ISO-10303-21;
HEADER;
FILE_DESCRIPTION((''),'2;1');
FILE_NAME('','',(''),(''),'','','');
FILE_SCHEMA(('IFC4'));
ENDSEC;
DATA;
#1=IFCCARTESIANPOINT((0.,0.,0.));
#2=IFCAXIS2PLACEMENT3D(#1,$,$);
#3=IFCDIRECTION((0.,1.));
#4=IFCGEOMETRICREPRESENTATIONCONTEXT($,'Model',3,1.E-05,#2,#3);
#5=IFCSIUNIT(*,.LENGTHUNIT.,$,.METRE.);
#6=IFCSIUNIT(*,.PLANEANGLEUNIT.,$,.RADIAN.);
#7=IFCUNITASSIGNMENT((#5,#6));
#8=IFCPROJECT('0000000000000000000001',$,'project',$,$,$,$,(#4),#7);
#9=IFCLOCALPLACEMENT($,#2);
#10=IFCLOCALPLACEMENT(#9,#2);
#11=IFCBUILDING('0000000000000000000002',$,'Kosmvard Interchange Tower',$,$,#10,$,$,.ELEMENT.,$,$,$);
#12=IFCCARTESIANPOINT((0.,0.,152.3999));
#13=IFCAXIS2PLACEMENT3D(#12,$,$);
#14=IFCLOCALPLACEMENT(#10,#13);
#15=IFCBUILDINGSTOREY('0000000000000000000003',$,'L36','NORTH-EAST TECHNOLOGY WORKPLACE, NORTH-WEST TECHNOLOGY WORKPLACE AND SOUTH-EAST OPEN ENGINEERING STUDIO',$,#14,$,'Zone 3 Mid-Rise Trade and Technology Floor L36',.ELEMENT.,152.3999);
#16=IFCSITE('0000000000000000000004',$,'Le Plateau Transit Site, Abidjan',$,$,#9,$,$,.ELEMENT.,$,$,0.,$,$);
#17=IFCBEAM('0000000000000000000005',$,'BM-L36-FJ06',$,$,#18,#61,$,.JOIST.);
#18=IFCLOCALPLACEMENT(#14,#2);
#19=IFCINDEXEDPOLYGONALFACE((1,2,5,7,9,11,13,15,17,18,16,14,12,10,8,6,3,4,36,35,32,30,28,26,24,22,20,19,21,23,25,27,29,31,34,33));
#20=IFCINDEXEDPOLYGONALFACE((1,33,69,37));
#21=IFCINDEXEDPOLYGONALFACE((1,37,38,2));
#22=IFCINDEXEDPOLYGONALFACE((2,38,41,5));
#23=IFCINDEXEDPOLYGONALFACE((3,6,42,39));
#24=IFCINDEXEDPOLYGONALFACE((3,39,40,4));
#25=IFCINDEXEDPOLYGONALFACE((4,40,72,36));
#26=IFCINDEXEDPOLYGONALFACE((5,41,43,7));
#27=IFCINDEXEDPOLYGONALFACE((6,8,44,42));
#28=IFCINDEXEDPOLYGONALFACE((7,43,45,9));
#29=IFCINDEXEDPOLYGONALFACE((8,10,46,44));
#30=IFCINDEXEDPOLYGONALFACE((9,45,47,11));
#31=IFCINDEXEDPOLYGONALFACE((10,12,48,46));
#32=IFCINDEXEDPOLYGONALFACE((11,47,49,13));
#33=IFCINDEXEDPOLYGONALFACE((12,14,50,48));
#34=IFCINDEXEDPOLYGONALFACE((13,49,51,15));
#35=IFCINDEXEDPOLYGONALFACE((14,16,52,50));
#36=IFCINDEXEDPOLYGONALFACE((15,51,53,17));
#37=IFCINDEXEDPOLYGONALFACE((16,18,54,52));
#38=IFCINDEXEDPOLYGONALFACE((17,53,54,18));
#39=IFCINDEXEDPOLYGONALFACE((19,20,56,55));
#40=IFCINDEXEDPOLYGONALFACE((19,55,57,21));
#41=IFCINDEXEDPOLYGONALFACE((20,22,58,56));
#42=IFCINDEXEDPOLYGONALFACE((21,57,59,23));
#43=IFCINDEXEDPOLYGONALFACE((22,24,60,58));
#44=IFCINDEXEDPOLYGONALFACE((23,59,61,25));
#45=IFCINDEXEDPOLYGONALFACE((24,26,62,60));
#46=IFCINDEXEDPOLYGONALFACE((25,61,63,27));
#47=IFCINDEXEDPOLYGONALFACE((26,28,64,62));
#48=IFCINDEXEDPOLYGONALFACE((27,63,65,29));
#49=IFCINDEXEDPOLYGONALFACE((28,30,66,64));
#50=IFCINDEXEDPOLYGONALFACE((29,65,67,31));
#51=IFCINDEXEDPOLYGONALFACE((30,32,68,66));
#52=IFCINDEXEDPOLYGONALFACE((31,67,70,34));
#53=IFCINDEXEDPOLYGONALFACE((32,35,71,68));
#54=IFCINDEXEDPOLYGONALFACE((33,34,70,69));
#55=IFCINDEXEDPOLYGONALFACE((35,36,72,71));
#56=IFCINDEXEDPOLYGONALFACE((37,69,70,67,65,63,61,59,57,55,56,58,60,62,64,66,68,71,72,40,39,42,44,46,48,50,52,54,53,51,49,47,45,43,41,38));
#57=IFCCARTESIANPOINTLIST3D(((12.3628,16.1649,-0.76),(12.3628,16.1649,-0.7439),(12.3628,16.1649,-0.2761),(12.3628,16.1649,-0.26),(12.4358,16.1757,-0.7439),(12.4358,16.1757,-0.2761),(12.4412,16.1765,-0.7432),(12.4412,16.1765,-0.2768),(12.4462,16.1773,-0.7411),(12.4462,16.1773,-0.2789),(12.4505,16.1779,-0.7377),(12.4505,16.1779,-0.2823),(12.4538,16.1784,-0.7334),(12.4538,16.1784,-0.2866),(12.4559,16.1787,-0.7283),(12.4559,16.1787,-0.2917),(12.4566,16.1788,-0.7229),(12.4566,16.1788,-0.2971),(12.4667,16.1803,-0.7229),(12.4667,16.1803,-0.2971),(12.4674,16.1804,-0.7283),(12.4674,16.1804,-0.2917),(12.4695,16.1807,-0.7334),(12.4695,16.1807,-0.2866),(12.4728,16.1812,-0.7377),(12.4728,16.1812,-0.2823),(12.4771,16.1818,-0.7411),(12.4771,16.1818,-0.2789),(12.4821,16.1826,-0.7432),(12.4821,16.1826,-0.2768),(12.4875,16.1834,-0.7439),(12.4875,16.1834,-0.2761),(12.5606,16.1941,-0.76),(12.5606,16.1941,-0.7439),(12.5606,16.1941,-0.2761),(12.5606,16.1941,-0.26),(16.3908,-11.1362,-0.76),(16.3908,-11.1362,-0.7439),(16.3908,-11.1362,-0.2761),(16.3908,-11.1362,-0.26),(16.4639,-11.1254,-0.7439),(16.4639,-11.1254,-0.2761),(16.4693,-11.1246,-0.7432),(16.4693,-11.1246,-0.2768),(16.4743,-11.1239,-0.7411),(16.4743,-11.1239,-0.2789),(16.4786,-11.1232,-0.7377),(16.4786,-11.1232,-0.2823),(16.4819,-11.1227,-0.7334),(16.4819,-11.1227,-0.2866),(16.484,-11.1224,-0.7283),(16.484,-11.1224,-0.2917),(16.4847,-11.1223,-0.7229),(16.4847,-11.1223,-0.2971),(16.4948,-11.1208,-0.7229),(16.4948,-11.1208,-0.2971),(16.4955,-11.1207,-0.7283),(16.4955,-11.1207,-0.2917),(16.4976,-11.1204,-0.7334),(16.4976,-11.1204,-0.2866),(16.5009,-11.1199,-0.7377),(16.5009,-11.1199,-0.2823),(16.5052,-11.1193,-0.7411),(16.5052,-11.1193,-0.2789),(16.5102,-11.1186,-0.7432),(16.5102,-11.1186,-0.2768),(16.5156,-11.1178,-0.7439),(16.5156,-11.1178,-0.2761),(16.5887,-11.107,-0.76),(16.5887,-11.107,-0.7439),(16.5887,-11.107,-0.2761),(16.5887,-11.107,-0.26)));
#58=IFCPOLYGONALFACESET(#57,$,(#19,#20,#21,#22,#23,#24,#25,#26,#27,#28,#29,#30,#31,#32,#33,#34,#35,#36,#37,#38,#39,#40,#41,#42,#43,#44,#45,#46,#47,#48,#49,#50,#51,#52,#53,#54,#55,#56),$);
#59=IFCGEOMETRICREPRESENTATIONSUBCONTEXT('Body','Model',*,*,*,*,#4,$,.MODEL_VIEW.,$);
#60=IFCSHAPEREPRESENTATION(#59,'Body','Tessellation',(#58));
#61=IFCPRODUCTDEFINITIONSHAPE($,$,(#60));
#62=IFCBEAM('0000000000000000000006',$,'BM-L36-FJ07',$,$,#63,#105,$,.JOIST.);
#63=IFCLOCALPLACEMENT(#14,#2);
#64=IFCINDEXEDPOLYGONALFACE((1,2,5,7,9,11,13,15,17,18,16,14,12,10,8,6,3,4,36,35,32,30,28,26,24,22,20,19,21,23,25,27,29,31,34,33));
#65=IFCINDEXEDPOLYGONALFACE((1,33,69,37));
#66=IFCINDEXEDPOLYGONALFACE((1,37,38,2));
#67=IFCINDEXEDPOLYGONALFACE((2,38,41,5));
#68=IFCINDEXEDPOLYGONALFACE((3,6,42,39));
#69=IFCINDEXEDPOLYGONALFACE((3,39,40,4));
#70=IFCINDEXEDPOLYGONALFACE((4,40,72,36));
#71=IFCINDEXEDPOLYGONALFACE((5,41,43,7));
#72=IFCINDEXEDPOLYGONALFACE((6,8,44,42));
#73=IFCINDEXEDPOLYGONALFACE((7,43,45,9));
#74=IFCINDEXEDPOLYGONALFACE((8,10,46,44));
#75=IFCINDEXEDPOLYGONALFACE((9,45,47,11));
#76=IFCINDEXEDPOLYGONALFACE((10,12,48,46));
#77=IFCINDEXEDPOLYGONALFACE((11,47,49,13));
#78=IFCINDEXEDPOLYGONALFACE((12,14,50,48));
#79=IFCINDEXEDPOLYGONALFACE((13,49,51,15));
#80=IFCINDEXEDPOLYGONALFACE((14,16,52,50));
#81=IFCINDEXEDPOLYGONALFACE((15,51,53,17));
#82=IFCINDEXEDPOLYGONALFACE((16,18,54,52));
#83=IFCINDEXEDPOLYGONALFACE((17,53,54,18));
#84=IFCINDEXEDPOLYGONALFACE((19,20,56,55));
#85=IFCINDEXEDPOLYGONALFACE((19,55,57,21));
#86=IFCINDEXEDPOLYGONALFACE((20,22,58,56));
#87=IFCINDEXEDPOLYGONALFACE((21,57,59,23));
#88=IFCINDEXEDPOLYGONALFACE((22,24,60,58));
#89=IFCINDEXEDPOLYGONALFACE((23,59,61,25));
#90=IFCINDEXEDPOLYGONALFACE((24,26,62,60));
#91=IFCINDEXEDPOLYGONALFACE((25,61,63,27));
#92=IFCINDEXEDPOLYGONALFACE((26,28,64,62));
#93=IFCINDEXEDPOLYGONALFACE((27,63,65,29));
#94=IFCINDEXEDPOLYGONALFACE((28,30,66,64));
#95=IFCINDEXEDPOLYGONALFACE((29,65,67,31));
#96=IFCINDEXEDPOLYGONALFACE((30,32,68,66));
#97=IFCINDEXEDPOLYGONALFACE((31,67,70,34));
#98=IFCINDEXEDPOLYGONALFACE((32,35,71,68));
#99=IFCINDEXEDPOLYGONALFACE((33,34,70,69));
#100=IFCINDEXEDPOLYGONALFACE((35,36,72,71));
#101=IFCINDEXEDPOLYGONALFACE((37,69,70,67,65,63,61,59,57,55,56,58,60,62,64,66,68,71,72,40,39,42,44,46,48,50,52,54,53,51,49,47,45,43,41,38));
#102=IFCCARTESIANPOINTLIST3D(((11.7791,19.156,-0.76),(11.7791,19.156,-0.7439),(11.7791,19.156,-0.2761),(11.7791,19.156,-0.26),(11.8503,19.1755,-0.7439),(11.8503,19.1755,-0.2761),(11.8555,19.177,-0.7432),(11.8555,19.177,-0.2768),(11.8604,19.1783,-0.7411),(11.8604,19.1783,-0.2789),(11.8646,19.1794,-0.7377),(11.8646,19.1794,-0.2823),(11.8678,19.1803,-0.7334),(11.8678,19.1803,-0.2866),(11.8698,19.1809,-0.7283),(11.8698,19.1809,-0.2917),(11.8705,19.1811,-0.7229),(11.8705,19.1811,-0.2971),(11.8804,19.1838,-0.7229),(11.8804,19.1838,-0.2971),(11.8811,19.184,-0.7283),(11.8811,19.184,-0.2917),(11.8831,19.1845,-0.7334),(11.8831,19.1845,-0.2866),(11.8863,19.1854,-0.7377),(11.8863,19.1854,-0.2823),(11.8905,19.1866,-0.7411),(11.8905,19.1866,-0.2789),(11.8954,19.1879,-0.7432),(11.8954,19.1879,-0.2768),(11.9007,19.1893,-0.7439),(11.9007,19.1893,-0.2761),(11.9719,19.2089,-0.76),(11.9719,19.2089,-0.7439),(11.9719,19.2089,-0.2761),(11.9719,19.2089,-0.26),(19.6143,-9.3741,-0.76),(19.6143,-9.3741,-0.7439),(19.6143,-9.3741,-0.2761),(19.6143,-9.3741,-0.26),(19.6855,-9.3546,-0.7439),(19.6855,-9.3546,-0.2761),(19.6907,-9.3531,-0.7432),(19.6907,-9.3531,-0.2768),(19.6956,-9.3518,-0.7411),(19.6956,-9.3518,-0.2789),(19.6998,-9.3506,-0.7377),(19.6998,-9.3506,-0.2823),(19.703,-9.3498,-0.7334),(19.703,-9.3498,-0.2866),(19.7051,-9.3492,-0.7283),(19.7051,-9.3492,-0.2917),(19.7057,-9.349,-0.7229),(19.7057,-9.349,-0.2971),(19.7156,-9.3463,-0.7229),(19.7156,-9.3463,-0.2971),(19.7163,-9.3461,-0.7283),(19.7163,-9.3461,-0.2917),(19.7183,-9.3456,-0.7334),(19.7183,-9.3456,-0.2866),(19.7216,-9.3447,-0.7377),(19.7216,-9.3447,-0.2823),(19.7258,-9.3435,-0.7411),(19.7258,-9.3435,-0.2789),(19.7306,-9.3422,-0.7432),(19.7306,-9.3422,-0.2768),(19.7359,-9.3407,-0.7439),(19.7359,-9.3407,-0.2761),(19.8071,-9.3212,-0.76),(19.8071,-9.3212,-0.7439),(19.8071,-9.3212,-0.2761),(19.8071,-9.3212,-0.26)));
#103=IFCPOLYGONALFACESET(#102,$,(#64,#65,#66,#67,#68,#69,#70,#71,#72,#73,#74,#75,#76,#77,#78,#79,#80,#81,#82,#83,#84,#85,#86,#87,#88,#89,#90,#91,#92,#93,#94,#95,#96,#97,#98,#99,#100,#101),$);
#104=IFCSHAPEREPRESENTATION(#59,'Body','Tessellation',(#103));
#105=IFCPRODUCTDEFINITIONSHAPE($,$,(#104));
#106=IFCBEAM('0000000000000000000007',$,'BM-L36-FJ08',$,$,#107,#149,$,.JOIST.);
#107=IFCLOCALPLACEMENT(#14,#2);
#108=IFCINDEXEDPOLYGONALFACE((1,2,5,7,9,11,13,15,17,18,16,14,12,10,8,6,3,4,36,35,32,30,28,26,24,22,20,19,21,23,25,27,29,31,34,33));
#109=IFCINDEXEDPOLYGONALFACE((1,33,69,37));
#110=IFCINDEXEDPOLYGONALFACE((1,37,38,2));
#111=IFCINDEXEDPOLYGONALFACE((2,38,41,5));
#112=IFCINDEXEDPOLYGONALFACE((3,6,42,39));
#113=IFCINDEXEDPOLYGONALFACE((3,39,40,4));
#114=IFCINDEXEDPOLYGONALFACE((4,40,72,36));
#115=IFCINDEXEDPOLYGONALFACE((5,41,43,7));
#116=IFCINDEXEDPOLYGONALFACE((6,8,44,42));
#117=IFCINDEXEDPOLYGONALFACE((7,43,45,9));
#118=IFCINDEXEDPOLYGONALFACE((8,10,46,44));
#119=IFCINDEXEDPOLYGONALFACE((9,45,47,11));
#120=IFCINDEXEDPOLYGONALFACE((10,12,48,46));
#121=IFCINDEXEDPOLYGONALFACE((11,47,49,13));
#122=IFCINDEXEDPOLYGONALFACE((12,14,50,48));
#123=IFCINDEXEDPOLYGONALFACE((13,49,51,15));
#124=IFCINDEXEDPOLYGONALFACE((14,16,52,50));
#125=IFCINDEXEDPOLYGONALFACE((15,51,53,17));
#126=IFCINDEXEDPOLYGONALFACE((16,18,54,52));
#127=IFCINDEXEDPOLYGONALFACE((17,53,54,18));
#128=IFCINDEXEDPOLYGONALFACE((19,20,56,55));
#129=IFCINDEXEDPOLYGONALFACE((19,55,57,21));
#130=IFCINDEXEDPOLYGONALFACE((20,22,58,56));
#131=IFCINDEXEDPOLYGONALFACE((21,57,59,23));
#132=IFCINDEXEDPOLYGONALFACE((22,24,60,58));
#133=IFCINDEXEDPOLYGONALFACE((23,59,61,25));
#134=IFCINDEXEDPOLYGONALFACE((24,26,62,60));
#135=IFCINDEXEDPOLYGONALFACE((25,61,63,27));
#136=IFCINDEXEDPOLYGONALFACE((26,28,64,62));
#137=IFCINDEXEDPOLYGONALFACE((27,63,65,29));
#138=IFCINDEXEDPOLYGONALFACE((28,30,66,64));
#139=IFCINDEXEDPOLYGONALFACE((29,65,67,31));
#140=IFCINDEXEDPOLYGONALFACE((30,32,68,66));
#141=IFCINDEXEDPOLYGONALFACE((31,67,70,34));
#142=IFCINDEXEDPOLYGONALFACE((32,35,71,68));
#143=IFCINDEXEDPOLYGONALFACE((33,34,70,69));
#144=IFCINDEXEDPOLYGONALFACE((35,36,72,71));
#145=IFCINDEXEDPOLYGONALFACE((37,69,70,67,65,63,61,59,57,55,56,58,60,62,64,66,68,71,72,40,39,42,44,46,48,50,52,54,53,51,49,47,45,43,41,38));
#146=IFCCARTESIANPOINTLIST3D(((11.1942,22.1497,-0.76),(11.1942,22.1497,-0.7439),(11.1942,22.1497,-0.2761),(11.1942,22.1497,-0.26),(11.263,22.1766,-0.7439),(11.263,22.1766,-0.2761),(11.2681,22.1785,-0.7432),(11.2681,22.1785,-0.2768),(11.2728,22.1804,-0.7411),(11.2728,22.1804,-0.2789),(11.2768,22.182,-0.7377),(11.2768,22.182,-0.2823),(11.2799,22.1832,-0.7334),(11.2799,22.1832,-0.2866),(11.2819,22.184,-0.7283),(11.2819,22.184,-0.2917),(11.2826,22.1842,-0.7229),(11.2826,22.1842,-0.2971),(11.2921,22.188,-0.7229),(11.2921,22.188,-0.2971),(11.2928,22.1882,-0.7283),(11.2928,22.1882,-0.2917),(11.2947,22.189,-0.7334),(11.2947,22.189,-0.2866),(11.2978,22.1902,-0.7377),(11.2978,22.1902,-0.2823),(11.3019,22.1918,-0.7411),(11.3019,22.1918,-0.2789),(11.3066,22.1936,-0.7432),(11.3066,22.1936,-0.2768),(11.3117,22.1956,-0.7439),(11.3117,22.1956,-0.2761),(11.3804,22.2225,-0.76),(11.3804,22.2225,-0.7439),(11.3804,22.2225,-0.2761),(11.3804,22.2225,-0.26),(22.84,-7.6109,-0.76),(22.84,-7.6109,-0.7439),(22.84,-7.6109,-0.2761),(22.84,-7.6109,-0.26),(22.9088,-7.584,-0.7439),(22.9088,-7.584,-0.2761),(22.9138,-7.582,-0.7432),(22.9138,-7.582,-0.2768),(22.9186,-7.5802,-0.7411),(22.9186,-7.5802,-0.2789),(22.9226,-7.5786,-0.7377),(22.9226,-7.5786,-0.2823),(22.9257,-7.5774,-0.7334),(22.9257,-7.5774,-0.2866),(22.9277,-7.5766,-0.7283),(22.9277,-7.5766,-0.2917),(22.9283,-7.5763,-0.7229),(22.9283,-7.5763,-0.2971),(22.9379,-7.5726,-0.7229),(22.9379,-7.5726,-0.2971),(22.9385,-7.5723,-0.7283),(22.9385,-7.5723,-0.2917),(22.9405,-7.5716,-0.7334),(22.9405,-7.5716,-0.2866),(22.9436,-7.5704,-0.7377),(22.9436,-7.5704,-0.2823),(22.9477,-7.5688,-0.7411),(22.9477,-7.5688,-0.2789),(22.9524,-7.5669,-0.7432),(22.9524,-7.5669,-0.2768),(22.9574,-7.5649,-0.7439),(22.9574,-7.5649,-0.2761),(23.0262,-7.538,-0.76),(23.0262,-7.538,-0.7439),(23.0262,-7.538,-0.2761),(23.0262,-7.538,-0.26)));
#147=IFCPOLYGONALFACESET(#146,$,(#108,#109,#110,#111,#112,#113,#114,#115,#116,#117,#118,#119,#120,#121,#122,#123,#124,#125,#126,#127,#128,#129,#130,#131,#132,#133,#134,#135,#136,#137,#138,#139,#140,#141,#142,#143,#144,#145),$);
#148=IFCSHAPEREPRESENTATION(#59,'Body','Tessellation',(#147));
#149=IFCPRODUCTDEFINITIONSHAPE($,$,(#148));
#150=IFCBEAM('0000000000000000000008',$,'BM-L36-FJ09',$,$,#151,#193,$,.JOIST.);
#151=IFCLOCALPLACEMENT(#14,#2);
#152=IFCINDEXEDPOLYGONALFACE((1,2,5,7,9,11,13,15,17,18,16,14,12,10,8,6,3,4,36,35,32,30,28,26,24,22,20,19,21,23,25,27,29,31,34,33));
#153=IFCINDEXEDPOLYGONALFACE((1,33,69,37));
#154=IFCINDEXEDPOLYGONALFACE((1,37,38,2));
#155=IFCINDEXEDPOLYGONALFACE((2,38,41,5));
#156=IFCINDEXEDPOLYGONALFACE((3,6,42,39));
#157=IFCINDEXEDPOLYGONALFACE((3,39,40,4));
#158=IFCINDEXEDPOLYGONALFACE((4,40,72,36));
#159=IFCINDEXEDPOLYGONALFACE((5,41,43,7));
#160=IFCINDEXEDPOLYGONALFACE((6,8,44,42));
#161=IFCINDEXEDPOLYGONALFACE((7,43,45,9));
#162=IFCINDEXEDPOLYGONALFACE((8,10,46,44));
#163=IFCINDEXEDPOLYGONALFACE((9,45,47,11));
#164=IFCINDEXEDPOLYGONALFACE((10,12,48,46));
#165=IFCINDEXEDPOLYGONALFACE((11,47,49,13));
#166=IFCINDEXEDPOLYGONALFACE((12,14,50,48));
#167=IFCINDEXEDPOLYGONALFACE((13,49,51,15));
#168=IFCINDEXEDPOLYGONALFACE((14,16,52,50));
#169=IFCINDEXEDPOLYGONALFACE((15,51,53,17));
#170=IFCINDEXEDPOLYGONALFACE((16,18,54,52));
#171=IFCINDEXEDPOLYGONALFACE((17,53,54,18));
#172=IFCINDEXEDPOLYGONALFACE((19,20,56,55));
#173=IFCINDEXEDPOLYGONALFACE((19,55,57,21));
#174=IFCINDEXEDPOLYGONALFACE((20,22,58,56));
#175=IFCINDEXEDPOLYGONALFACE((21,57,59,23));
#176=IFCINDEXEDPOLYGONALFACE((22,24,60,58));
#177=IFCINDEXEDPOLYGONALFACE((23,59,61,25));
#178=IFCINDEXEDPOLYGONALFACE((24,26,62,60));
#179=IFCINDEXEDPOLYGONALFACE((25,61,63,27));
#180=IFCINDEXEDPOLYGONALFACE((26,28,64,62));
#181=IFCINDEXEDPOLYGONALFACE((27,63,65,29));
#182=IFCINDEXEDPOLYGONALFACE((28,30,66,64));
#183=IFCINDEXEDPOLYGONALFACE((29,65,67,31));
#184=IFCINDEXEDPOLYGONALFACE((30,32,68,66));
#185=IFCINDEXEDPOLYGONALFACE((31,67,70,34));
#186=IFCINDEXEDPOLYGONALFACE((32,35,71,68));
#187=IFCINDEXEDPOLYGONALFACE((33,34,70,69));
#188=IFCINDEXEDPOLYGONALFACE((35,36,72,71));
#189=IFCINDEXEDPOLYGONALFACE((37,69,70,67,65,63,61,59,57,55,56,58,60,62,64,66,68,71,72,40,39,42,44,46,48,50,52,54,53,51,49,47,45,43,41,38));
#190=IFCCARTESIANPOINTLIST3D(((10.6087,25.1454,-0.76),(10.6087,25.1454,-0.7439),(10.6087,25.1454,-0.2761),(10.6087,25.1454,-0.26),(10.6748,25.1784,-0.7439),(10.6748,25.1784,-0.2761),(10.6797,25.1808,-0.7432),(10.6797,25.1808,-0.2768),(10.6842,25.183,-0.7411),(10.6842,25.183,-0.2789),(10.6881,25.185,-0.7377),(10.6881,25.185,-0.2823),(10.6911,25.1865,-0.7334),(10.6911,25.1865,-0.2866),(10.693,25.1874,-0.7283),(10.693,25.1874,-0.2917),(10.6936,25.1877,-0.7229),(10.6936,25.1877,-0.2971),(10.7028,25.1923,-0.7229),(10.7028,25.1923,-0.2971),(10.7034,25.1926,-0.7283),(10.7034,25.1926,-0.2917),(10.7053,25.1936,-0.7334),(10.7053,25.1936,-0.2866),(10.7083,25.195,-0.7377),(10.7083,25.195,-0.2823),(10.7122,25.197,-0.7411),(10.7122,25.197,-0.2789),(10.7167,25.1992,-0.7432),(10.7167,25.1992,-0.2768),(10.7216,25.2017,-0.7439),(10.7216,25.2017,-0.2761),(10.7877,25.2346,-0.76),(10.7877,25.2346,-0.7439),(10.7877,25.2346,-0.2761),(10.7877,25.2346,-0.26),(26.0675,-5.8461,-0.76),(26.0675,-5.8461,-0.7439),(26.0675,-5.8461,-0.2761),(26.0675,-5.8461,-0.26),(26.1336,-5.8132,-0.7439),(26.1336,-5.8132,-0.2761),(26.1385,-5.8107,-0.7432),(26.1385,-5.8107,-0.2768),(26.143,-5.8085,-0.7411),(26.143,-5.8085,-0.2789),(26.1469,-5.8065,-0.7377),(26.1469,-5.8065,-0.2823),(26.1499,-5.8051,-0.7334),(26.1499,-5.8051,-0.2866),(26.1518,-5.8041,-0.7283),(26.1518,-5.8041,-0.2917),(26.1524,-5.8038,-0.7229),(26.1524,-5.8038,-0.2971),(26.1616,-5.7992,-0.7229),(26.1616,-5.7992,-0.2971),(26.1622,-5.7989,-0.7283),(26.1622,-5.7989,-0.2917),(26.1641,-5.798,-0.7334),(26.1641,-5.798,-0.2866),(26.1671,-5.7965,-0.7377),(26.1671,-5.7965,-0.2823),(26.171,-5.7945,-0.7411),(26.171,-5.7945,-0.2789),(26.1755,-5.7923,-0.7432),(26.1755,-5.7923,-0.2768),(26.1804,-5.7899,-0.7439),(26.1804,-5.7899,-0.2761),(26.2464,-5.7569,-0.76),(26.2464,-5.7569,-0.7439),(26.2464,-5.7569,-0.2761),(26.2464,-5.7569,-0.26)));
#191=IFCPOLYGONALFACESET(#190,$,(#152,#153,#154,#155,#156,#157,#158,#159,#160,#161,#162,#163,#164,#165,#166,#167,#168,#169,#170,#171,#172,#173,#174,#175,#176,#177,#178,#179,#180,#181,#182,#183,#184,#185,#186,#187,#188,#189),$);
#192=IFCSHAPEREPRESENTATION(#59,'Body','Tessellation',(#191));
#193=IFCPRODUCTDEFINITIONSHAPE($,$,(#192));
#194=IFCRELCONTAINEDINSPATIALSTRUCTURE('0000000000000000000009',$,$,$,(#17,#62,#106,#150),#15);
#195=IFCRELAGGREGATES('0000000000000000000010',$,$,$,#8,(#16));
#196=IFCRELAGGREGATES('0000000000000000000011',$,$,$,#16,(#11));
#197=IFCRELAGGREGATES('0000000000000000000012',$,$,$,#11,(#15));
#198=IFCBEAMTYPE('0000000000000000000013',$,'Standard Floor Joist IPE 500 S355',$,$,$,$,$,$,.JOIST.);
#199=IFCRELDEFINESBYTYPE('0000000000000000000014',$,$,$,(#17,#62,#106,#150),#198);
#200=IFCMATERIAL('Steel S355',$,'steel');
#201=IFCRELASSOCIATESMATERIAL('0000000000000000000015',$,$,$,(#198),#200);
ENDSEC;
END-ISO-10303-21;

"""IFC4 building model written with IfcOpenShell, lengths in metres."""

from ifc_helpers import new_model, si_unit, direction, frame, origin, origin_2d, place, context, subcontext, project, spatial, i_section, extrude, source, transform, mapped, material, material_profile, profile_set, type_object, element, save


model = new_model("IFC4")

# Units and contexts
model_context = context("Model", 3, precision=1e-05, world=origin(), true_north=direction((0.0, 1.0)))
body_context = subcontext(model_context, "Body", "Model", "MODEL_VIEW")
ifc_project = project(units=[si_unit("LENGTHUNIT", "METRE"), si_unit("PLANEANGLEUNIT", "RADIAN")], contexts=[model_context])

# Site, building, storey
site_placement = place(None, origin())
site = spatial("IfcSite", under=ifc_project, at=site_placement, Name="Le Plateau Transit Site, Abidjan", CompositionType="ELEMENT", RefElevation=0.0)
building_placement = place(site_placement, origin())
building = spatial("IfcBuilding", under=site, at=building_placement, Name="Kosmvard Interchange Tower", CompositionType="ELEMENT")
storey_placement = place(building_placement, frame((0.0, 0.0, 152.3999)))
storey = spatial("IfcBuildingStorey", under=building, at=storey_placement, Name="L36", Description="NORTH-EAST TECHNOLOGY WORKPLACE, NORTH-WEST TECHNOLOGY WORKPLACE AND SOUTH-EAST OPEN ENGINEERING STUDIO", LongName="Zone 3 Mid-Rise Trade and Technology Floor L36", CompositionType="ELEMENT", Elevation=152.3999)

# Beams
ifc_material_1 = material(Name="Steel S355", Category="steel")
ifc_material_profile_1 = material_profile(ifc_material_1, i_section(OverallWidth=0.2, OverallDepth=0.5, WebThickness=0.0103, FlangeThickness=0.0161, FilletRadius=0.021, at=origin_2d()), Name="IPE 500")
ifc_profile_set_1 = profile_set([ifc_material_profile_1], Name="Steel S355")
beam_type_1 = type_object("IfcBeamType", Name="Standard Floor Joist IPE 500 S355", PredefinedType="JOIST", material=ifc_profile_set_1)
shared_shape_1 = source(origin(), body_context, "Body", "SweptSolid", [
    extrude(i_section(OverallWidth=0.2, OverallDepth=0.5, WebThickness=0.0103, FlangeThickness=0.0161, FilletRadius=0.021, at=origin_2d()), origin(), (0.0, 0.0, 1.0), 27.5967),
])
beam_1_placement = place(storey_placement, frame((16.4897, -11.1216, -0.51), z_axis=(-0.145963, 0.98929, 0.0), x_axis=(-0.98929, -0.145963, 0.0)))
element("IfcBeam", 1, at=beam_1_placement, inside=storey, type_object=beam_type_1, Name="BM-L36-FJ06", PredefinedType="JOIST", context=body_context, shape_type="MappedRepresentation", body=[
    mapped(shared_shape_1, transform((0.0, 0.0, 0.0), scale=1.0)),
])
shared_shape_2 = source(origin(), body_context, "Body", "SweptSolid", [
    extrude(i_section(OverallWidth=0.2, OverallDepth=0.5, WebThickness=0.0103, FlangeThickness=0.0161, FilletRadius=0.021, at=origin_2d()), origin(), (0.0, 0.0, 1.0), 29.5864),
])
beam_2_placement = place(storey_placement, frame((19.7107, -9.3477, -0.51), z_axis=(-0.264825, 0.964297, 0.0), x_axis=(-0.964297, -0.264825, 0.0)))
element("IfcBeam", 2, at=beam_2_placement, inside=storey, type_object=beam_type_1, Name="BM-L36-FJ07", PredefinedType="JOIST", context=body_context, shape_type="MappedRepresentation", body=[
    mapped(shared_shape_2, transform((0.0, 0.0, 0.0), scale=1.0)),
])
shared_shape_3 = source(origin(), body_context, "Body", "SweptSolid", [
    extrude(i_section(OverallWidth=0.2, OverallDepth=0.5, WebThickness=0.0103, FlangeThickness=0.0161, FilletRadius=0.021, at=origin_2d()), origin(), (0.0, 0.0, 1.0), 31.958),
])
beam_3_placement = place(storey_placement, frame((22.9331, -7.5745, -0.51), z_axis=(-0.364409, 0.931239, 0.0), x_axis=(-0.931239, -0.364409, 0.0)))
element("IfcBeam", 3, at=beam_3_placement, inside=storey, type_object=beam_type_1, Name="BM-L36-FJ08", PredefinedType="JOIST", context=body_context, shape_type="MappedRepresentation", body=[
    mapped(shared_shape_3, transform((0.0, 0.0, 0.0), scale=1.0)),
])
shared_shape_4 = source(origin(), body_context, "Body", "SweptSolid", [
    extrude(i_section(OverallWidth=0.2, OverallDepth=0.5, WebThickness=0.0103, FlangeThickness=0.0161, FilletRadius=0.021, at=origin_2d()), origin(), (0.0, 0.0, 1.0), 34.6331),
])
beam_4_placement = place(storey_placement, frame((26.157, -5.8015, -0.51), z_axis=(-0.446359, 0.894854, 0.0), x_axis=(-0.894854, -0.446359, 0.0)))
element("IfcBeam", 4, at=beam_4_placement, inside=storey, type_object=beam_type_1, Name="BM-L36-FJ09", PredefinedType="JOIST", context=body_context, shape_type="MappedRepresentation", body=[
    mapped(shared_shape_4, transform((0.0, 0.0, 0.0), scale=1.0)),
])

save(model, "model.ifc")
